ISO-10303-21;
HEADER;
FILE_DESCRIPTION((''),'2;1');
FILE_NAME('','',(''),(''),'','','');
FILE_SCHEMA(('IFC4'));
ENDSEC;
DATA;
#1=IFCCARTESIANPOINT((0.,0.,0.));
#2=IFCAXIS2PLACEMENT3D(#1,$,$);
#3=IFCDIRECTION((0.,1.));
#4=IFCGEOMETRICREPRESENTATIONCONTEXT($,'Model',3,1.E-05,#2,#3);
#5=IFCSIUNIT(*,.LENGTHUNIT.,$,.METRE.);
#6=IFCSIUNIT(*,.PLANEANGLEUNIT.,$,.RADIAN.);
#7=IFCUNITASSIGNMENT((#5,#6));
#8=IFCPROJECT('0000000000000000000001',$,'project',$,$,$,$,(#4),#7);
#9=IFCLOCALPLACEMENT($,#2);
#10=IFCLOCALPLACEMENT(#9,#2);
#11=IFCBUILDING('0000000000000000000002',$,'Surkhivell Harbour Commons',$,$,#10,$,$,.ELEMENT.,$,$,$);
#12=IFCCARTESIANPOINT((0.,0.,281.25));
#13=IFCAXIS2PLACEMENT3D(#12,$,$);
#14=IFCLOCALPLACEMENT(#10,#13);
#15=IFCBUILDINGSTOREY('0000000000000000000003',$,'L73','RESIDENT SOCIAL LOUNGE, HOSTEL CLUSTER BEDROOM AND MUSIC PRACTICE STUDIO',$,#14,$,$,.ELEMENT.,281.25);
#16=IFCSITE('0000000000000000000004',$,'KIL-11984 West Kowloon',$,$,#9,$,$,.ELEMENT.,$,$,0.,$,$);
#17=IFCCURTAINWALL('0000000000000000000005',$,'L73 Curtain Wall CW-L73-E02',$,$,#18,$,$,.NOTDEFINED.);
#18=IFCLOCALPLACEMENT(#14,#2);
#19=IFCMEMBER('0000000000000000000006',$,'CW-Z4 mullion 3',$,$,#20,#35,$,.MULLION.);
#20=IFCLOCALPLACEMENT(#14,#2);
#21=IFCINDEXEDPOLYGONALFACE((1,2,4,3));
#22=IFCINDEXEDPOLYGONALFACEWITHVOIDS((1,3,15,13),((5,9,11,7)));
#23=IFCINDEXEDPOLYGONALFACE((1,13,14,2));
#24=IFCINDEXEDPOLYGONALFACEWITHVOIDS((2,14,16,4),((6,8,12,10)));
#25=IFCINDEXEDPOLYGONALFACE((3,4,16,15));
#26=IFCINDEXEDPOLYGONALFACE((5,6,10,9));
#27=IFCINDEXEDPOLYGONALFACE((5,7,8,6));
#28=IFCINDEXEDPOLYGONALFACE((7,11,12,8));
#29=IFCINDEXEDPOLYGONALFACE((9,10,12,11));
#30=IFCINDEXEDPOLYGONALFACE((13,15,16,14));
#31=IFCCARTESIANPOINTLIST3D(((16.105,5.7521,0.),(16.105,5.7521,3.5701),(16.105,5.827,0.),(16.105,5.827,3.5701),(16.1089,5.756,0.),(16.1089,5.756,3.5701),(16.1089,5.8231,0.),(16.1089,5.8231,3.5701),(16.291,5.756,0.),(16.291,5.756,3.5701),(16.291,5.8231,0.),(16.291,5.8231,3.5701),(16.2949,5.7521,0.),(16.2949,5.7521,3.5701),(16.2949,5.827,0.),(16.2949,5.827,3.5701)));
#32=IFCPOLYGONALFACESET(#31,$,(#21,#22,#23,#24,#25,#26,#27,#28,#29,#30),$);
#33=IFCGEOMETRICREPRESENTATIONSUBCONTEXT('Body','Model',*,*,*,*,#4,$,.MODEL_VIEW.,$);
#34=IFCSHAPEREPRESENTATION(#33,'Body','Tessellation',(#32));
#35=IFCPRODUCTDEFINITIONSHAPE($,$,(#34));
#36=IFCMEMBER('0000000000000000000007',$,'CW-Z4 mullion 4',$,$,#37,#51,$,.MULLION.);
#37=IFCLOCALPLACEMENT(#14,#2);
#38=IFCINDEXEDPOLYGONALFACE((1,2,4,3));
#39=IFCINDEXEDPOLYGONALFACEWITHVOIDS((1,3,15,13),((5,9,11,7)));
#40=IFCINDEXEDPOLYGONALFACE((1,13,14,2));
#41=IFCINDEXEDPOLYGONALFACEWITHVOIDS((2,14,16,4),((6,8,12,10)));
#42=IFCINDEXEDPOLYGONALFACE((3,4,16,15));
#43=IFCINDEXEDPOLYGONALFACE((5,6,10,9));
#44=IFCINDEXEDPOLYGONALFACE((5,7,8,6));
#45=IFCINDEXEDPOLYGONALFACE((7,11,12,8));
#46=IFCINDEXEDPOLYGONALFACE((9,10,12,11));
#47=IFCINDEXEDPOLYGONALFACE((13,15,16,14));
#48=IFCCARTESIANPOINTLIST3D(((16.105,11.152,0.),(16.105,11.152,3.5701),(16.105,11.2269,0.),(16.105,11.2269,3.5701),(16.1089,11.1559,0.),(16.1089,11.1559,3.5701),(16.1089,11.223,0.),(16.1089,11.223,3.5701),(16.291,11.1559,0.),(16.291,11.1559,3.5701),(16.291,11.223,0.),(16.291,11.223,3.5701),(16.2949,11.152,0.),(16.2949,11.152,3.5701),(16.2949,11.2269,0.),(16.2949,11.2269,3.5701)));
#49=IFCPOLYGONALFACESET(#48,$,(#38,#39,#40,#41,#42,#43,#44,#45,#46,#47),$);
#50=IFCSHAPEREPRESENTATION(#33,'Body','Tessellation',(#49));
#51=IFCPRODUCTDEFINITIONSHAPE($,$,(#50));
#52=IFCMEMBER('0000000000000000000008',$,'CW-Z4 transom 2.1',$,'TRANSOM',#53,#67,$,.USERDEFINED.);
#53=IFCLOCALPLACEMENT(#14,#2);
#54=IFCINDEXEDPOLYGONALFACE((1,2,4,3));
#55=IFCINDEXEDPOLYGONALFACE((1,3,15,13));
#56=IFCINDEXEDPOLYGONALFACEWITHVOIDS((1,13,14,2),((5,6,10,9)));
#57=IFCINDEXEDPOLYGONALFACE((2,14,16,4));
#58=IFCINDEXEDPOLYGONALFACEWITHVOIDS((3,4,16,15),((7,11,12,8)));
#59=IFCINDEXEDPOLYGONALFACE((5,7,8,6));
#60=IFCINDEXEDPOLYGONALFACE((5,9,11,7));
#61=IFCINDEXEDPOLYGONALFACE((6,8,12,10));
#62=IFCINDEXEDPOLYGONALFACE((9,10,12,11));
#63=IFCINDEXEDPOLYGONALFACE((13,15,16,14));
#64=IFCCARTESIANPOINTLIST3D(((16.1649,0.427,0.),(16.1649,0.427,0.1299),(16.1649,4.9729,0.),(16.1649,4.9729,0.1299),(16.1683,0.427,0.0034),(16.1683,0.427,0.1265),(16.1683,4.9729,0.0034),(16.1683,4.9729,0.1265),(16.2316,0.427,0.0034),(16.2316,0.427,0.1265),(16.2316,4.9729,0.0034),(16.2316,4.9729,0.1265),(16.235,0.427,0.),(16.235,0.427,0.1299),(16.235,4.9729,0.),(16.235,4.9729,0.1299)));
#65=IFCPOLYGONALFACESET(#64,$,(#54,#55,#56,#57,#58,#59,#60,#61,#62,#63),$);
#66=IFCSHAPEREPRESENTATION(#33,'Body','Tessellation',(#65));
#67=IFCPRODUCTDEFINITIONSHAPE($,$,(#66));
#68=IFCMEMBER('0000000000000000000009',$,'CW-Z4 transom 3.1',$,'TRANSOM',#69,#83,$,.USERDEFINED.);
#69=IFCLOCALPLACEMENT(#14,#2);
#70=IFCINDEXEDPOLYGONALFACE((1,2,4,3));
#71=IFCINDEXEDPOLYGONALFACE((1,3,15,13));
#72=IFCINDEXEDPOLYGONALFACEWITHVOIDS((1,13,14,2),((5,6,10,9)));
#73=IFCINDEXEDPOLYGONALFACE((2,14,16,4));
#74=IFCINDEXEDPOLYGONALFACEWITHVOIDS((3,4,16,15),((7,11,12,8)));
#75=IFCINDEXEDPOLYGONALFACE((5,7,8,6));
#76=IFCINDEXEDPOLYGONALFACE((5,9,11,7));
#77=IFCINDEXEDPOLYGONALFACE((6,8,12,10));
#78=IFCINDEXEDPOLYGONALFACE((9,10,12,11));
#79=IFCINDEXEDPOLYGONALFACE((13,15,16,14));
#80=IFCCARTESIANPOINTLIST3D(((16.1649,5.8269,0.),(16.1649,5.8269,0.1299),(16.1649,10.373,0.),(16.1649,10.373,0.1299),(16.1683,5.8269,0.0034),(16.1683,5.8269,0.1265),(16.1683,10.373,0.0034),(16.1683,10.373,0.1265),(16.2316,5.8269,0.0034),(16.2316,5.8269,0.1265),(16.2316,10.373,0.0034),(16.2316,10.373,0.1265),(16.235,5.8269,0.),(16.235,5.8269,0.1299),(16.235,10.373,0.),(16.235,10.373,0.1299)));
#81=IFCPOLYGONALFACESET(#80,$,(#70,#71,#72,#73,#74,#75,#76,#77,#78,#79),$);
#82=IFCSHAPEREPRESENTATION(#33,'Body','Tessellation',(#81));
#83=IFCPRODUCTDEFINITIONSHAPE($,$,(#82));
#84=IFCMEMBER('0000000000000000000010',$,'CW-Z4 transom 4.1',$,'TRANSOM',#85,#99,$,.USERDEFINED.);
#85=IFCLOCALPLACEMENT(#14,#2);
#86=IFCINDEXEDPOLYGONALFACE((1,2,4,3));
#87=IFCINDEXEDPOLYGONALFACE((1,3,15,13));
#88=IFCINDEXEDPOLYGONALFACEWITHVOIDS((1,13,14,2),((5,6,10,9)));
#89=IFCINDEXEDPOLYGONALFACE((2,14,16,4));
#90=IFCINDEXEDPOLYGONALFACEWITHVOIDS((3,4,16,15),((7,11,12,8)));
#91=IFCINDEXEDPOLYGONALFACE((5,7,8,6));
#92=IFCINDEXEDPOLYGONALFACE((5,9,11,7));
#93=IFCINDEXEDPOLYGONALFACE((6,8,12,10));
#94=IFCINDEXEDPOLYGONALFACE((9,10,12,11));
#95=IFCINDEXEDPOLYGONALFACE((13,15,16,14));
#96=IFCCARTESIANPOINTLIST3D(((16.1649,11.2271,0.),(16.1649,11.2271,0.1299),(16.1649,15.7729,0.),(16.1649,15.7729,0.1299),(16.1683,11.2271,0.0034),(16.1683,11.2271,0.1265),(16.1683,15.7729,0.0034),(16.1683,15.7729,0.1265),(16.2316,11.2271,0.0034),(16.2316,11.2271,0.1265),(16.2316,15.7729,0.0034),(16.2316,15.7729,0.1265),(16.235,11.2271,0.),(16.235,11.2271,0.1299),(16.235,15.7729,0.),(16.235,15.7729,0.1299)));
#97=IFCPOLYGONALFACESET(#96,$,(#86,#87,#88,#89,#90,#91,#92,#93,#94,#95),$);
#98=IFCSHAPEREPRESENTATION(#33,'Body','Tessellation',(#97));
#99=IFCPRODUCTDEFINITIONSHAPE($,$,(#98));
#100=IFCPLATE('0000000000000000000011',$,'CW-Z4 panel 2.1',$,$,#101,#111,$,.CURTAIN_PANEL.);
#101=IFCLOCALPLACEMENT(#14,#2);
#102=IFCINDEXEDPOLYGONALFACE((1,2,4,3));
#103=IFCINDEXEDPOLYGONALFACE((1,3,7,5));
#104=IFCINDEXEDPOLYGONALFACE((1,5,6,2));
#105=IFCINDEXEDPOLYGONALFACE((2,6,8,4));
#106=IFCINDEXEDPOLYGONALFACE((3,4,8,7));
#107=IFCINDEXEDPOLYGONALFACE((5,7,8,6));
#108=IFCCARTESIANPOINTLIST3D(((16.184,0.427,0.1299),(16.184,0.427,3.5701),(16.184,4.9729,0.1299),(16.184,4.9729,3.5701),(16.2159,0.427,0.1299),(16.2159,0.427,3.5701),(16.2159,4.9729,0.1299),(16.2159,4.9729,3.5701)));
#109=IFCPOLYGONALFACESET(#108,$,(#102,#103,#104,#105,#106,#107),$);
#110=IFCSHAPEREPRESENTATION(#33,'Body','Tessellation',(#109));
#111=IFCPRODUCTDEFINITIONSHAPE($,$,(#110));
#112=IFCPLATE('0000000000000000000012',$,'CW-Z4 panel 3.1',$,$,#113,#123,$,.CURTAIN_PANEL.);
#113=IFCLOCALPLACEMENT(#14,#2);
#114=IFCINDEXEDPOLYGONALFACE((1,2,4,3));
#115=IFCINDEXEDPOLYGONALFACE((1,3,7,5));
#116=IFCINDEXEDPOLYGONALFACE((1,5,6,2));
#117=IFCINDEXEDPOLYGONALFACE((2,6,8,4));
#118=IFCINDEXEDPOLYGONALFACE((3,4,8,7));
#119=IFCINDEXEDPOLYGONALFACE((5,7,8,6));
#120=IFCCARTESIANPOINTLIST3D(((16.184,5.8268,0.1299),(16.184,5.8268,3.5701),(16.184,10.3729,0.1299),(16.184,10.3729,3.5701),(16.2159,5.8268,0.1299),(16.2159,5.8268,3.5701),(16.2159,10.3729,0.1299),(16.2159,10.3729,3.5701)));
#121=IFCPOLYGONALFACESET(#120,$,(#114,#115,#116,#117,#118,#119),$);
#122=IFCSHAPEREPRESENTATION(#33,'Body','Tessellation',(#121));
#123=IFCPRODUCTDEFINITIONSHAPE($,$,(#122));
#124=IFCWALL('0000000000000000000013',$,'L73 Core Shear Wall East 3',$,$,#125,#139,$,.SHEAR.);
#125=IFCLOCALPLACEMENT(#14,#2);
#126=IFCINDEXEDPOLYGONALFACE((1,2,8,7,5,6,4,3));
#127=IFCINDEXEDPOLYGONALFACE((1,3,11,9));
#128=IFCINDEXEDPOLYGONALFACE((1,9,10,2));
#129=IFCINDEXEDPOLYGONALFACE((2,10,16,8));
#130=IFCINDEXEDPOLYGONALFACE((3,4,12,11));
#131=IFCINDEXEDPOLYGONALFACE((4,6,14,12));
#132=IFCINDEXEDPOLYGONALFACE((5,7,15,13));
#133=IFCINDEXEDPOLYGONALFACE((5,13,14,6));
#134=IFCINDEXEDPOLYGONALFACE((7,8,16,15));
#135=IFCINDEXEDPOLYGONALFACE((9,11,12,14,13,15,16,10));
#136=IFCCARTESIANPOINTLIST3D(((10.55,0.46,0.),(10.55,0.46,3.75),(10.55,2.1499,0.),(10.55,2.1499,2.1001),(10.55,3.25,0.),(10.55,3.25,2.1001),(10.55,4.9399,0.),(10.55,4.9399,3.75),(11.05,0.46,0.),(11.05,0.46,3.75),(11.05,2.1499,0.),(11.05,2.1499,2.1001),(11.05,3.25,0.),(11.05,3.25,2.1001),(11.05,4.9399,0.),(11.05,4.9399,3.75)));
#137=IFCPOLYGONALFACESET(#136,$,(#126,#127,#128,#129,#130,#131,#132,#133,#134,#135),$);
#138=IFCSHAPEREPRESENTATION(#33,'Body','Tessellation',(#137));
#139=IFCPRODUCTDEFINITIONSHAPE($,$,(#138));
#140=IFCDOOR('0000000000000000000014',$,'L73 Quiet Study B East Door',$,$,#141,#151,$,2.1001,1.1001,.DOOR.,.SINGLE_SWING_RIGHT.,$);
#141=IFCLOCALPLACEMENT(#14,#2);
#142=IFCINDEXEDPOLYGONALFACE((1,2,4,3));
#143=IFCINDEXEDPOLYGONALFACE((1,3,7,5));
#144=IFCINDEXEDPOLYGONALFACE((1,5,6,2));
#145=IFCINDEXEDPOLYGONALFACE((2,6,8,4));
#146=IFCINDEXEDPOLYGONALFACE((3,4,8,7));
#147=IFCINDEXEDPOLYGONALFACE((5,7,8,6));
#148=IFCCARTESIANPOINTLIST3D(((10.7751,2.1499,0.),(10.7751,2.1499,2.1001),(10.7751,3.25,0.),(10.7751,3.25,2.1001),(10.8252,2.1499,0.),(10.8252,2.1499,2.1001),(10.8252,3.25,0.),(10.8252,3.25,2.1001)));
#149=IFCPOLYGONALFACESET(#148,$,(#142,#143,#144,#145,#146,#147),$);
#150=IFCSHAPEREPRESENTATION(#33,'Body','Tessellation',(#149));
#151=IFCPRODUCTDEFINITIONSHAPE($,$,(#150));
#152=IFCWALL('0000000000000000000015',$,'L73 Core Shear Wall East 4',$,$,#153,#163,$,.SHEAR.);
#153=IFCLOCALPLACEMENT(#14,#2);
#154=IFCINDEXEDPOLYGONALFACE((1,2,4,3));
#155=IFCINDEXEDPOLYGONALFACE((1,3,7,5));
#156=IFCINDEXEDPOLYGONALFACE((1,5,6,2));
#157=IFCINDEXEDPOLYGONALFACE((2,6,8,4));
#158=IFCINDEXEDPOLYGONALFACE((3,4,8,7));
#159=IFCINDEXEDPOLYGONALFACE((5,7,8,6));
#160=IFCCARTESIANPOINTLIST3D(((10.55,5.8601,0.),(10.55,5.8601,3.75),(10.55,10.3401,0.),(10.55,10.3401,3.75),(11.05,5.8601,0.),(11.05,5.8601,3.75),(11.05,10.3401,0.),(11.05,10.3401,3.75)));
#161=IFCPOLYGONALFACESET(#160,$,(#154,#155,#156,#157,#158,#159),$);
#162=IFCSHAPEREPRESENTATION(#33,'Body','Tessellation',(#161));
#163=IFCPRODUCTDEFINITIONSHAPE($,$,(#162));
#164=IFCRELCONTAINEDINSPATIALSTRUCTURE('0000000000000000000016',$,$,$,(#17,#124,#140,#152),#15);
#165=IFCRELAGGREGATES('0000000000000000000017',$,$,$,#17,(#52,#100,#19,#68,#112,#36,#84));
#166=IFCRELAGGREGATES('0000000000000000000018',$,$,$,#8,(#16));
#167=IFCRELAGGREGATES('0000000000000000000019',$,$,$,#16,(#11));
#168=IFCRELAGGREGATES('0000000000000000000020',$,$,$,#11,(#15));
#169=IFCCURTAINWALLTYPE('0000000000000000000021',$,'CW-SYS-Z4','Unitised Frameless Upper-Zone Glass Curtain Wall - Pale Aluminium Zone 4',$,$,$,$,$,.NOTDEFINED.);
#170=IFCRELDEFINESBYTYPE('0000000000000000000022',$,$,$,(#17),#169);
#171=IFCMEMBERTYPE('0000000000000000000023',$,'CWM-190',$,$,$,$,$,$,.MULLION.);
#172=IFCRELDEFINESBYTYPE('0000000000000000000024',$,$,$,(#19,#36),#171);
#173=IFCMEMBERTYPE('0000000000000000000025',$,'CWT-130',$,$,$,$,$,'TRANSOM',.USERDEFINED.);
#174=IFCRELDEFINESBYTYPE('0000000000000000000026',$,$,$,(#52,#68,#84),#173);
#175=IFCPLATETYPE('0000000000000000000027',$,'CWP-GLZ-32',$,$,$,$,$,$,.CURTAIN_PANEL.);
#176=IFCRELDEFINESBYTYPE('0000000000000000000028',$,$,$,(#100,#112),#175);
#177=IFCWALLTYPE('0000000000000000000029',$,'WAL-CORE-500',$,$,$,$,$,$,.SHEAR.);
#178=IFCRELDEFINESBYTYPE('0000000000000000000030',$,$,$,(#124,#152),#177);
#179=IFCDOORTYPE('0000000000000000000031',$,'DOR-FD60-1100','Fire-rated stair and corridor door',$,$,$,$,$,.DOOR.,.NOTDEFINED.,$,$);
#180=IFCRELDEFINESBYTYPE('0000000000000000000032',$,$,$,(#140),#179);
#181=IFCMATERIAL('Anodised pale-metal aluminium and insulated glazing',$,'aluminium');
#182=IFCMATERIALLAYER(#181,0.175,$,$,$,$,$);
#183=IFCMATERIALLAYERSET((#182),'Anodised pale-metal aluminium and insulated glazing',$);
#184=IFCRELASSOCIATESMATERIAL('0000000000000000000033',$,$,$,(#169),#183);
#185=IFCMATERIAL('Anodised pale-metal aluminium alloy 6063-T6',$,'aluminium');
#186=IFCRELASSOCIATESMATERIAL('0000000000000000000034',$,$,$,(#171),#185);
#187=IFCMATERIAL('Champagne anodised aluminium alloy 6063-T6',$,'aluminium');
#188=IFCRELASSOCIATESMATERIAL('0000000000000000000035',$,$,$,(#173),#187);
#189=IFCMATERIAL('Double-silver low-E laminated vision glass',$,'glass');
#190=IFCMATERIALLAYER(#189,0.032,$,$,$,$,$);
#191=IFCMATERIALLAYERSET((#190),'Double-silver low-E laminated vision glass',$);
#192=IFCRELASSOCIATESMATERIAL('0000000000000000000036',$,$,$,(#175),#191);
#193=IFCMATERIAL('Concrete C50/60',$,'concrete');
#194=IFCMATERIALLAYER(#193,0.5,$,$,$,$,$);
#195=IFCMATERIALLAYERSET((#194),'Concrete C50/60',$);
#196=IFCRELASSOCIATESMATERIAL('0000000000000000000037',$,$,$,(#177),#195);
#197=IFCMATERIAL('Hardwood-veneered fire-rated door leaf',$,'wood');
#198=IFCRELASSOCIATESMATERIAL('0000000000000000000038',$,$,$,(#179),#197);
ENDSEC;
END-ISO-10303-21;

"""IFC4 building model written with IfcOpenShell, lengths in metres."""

from ifc_helpers import new_model, si_unit, direction, frame, frame_2d, origin, origin_2d, place, context, subcontext, project, spatial, rectangle, hollow_rectangle, extrude, material, layer, layer_set, material_profile, profile_set, type_object, element, fill, aggregate, save


model = new_model("IFC4")

# Units and contexts
model_context = context("Model", 3, precision=1e-05, world=origin(), true_north=direction((0.0, 1.0)))
body_context = subcontext(model_context, "Body", "Model", "MODEL_VIEW")
ifc_project = project(units=[si_unit("LENGTHUNIT", "METRE"), si_unit("PLANEANGLEUNIT", "RADIAN")], contexts=[model_context])

# Site, building, storey
site_placement = place(None, origin())
site = spatial("IfcSite", under=ifc_project, at=site_placement, Name="KIL-11984 West Kowloon", CompositionType="ELEMENT", RefElevation=0.0)
building_placement = place(site_placement, origin())
building = spatial("IfcBuilding", under=site, at=building_placement, Name="Surkhivell Harbour Commons", CompositionType="ELEMENT")
storey_placement = place(building_placement, frame((0.0, 0.0, 281.25)))
storey = spatial("IfcBuildingStorey", under=building, at=storey_placement, Name="L73", Description="RESIDENT SOCIAL LOUNGE, HOSTEL CLUSTER BEDROOM AND MUSIC PRACTICE STUDIO", CompositionType="ELEMENT", Elevation=281.25)

# Shared definitions
ifc_material_1 = material(Name="Concrete C50/60", Category="concrete")

# Curtain wall, members, plates
ifc_material_2 = material(Name="Anodised pale-metal aluminium and insulated glazing", Category="aluminium")
ifc_layer_1 = layer(ifc_material_2, 0.175)
ifc_layer_set_1 = layer_set([ifc_layer_1], Name="Anodised pale-metal aluminium and insulated glazing")
curtain_wall_type = type_object("IfcCurtainWallType", Name="CW-SYS-Z4", Description="Unitised Frameless Upper-Zone Glass Curtain Wall - Pale Aluminium Zone 4", PredefinedType="NOTDEFINED", material=ifc_layer_set_1)
curtain_wall_placement = place(storey_placement, origin())
curtain_wall = element("IfcCurtainWall", 1, at=curtain_wall_placement, inside=storey, type_object=curtain_wall_type, Name="L73 Curtain Wall CW-L73-E02", PredefinedType="NOTDEFINED")
ifc_material_3 = material(Name="Anodised pale-metal aluminium alloy 6063-T6", Category="aluminium")
ifc_material_profile_1 = material_profile(ifc_material_3, hollow_rectangle(XDim=0.075, YDim=0.1899, WallThickness=0.0039, at=origin_2d()), Name="ALU-MULL-75x190")
ifc_profile_set_1 = profile_set([ifc_material_profile_1], Name="Anodised pale-metal aluminium alloy 6063-T6")
member_type_1 = type_object("IfcMemberType", Name="CWM-190", PredefinedType="MULLION", material=ifc_profile_set_1)
member_1_placement = place(storey_placement, frame((16.2, 5.7896, 0.0), z_axis=(0.0, 0.0, 1.0), x_axis=(0.0, 1.0, 0.0)))
member_1 = element("IfcMember", 2, at=member_1_placement, type_object=member_type_1, Name="CW-Z4 mullion 3", PredefinedType="MULLION", context=body_context, shape_type="SweptSolid", body=[
    extrude(hollow_rectangle(XDim=0.075, YDim=0.1899, WallThickness=0.0039, at=origin_2d()), origin(), (0.0, 0.0, 1.0), 3.5701),
])
member_2_placement = place(storey_placement, frame((16.2, 11.1895, 0.0), z_axis=(0.0, 0.0, 1.0), x_axis=(0.0, 1.0, 0.0)))
member_2 = element("IfcMember", 3, at=member_2_placement, type_object=member_type_1, Name="CW-Z4 mullion 4", PredefinedType="MULLION", context=body_context, shape_type="SweptSolid", body=[
    extrude(hollow_rectangle(XDim=0.075, YDim=0.1899, WallThickness=0.0039, at=origin_2d()), origin(), (0.0, 0.0, 1.0), 3.5701),
])
ifc_material_4 = material(Name="Champagne anodised aluminium alloy 6063-T6", Category="aluminium")
ifc_material_profile_2 = material_profile(ifc_material_4, hollow_rectangle(XDim=0.0701, YDim=0.1299, WallThickness=0.0034, at=origin_2d()), Name="ALU-TRAN-70x130")
ifc_profile_set_2 = profile_set([ifc_material_profile_2], Name="Champagne anodised aluminium alloy 6063-T6")
member_type_2 = type_object("IfcMemberType", Name="CWT-130", ElementType="TRANSOM", PredefinedType="USERDEFINED", material=ifc_profile_set_2)
member_3_placement = place(storey_placement, frame((16.2, 0.427, 0.0649), z_axis=(0.0, 1.0, 0.0), x_axis=(-1.0, 0.0, 0.0)))
member_3 = element("IfcMember", 4, at=member_3_placement, type_object=member_type_2, Name="CW-Z4 transom 2.1", ObjectType="TRANSOM", PredefinedType="USERDEFINED", context=body_context, shape_type="SweptSolid", body=[
    extrude(hollow_rectangle(XDim=0.0701, YDim=0.1299, WallThickness=0.0034, at=origin_2d()), origin(), (0.0, 0.0, 1.0), 4.5459),
])
member_4_placement = place(storey_placement, frame((16.2, 5.8269, 0.0649), z_axis=(0.0, 1.0, 0.0), x_axis=(-1.0, 0.0, 0.0)))
member_4 = element("IfcMember", 5, at=member_4_placement, type_object=member_type_2, Name="CW-Z4 transom 3.1", ObjectType="TRANSOM", PredefinedType="USERDEFINED", context=body_context, shape_type="SweptSolid", body=[
    extrude(hollow_rectangle(XDim=0.0701, YDim=0.1299, WallThickness=0.0034, at=origin_2d()), origin(), (0.0, 0.0, 1.0), 4.5461),
])
member_5_placement = place(storey_placement, frame((16.2, 11.2271, 0.0649), z_axis=(0.0, 1.0, 0.0), x_axis=(-1.0, 0.0, 0.0)))
member_5 = element("IfcMember", 6, at=member_5_placement, type_object=member_type_2, Name="CW-Z4 transom 4.1", ObjectType="TRANSOM", PredefinedType="USERDEFINED", context=body_context, shape_type="SweptSolid", body=[
    extrude(hollow_rectangle(XDim=0.0701, YDim=0.1299, WallThickness=0.0034, at=origin_2d()), origin(), (0.0, 0.0, 1.0), 4.5459),
])
ifc_material_5 = material(Name="Double-silver low-E laminated vision glass", Category="glass")
ifc_layer_2 = layer(ifc_material_5, 0.032)
ifc_layer_set_2 = layer_set([ifc_layer_2], Name="Double-silver low-E laminated vision glass")
plate_type = type_object("IfcPlateType", Name="CWP-GLZ-32", PredefinedType="CURTAIN_PANEL", material=ifc_layer_set_2)
plate_1_placement = place(storey_placement, frame((16.2, 0.427, 0.1299), z_axis=(0.0, 0.0, 1.0), x_axis=(0.0, 1.0, 0.0)))
plate_1 = element("IfcPlate", 7, at=plate_1_placement, type_object=plate_type, Name="CW-Z4 panel 2.1", PredefinedType="CURTAIN_PANEL", context=body_context, shape_type="SweptSolid", body=[
    extrude(rectangle(XDim=4.5459, YDim=0.032, at=frame_2d((2.2729, 0.0))), origin(), (0.0, 0.0, 1.0), 3.4402),
])
plate_2_placement = place(storey_placement, frame((16.2, 5.8269, 0.1299), z_axis=(0.0, 0.0, 1.0), x_axis=(0.0, 1.0, 0.0)))
plate_2 = element("IfcPlate", 8, at=plate_2_placement, type_object=plate_type, Name="CW-Z4 panel 3.1", PredefinedType="CURTAIN_PANEL", context=body_context, shape_type="SweptSolid", body=[
    extrude(rectangle(XDim=4.5461, YDim=0.032, at=frame_2d((2.2729, 0.0))), origin(), (0.0, 0.0, 1.0), 3.4402),
])
aggregate(curtain_wall, [member_3, plate_1, member_1, member_4, plate_2, member_2, member_5])

# Wall, opening, door
ifc_layer_3 = layer(ifc_material_1, 0.5)
ifc_layer_set_3 = layer_set([ifc_layer_3], Name="Concrete C50/60")
wall_type_1 = type_object("IfcWallType", Name="WAL-CORE-500", PredefinedType="SHEAR", material=ifc_layer_set_3)
wall_1_placement = place(storey_placement, frame((10.8, 0.46, 0.0), z_axis=(0.0, 0.0, 1.0), x_axis=(0.0, 1.0, 0.0)))
wall_1 = element("IfcWall", 9, at=wall_1_placement, inside=storey, type_object=wall_type_1, Name="L73 Core Shear Wall East 3", PredefinedType="SHEAR", context=body_context, shape_type="SweptSolid", body=[
    extrude(rectangle(XDim=4.48, YDim=0.5, at=frame_2d((2.24, 0.0))), origin(), (0.0, 0.0, 1.0), 3.75),
])
opening_1_placement = place(wall_1_placement, frame((1.6899, 0.0, 0.0)))
opening_1 = element("IfcOpeningElement", 10, at=opening_1_placement, cuts=wall_1, PredefinedType="OPENING", context=body_context, shape_type="SweptSolid", body=[
    extrude(rectangle(XDim=1.1001, YDim=2.1001, at=frame_2d((0.55, 1.05))), frame((0.0, 0.26, 0.0), z_axis=(0.0, -1.0, 0.0), x_axis=(1.0, 0.0, 0.0)), (0.0, 0.0, 1.0), 0.52),
])
ifc_material_6 = material(Name="Hardwood-veneered fire-rated door leaf", Category="wood")
door_type_1 = type_object("IfcDoorType", Name="DOR-FD60-1100", Description="Fire-rated stair and corridor door", OperationType="NOTDEFINED", PredefinedType="DOOR", material=ifc_material_6)
door_1_placement = place(opening_1_placement, origin())
door_1 = element("IfcDoor", 11, at=door_1_placement, inside=storey, type_object=door_type_1, Name="L73 Quiet Study B East Door", OperationType="SINGLE_SWING_RIGHT", OverallHeight=2.1001, OverallWidth=1.1001, PredefinedType="DOOR", context=body_context, shape_type="SweptSolid", body=[
    extrude(rectangle(XDim=1.1001, YDim=2.1001, at=frame_2d((0.55, 1.05))), frame((0.0, 0.0249, 0.0), z_axis=(0.0, -1.0, 0.0), x_axis=(1.0, 0.0, 0.0)), (0.0, 0.0, 1.0), 0.05),
])
fill(opening_1, door_1)

# Wall
wall_2_placement = place(storey_placement, frame((10.8, 5.8601, 0.0), z_axis=(0.0, 0.0, 1.0), x_axis=(0.0, 1.0, 0.0)))
element("IfcWall", 12, at=wall_2_placement, inside=storey, type_object=wall_type_1, Name="L73 Core Shear Wall East 4", PredefinedType="SHEAR", context=body_context, shape_type="SweptSolid", body=[
    extrude(rectangle(XDim=4.48, YDim=0.5, at=frame_2d((2.24, 0.0))), origin(), (0.0, 0.0, 1.0), 3.75),
])

save(model, "model.ifc")
